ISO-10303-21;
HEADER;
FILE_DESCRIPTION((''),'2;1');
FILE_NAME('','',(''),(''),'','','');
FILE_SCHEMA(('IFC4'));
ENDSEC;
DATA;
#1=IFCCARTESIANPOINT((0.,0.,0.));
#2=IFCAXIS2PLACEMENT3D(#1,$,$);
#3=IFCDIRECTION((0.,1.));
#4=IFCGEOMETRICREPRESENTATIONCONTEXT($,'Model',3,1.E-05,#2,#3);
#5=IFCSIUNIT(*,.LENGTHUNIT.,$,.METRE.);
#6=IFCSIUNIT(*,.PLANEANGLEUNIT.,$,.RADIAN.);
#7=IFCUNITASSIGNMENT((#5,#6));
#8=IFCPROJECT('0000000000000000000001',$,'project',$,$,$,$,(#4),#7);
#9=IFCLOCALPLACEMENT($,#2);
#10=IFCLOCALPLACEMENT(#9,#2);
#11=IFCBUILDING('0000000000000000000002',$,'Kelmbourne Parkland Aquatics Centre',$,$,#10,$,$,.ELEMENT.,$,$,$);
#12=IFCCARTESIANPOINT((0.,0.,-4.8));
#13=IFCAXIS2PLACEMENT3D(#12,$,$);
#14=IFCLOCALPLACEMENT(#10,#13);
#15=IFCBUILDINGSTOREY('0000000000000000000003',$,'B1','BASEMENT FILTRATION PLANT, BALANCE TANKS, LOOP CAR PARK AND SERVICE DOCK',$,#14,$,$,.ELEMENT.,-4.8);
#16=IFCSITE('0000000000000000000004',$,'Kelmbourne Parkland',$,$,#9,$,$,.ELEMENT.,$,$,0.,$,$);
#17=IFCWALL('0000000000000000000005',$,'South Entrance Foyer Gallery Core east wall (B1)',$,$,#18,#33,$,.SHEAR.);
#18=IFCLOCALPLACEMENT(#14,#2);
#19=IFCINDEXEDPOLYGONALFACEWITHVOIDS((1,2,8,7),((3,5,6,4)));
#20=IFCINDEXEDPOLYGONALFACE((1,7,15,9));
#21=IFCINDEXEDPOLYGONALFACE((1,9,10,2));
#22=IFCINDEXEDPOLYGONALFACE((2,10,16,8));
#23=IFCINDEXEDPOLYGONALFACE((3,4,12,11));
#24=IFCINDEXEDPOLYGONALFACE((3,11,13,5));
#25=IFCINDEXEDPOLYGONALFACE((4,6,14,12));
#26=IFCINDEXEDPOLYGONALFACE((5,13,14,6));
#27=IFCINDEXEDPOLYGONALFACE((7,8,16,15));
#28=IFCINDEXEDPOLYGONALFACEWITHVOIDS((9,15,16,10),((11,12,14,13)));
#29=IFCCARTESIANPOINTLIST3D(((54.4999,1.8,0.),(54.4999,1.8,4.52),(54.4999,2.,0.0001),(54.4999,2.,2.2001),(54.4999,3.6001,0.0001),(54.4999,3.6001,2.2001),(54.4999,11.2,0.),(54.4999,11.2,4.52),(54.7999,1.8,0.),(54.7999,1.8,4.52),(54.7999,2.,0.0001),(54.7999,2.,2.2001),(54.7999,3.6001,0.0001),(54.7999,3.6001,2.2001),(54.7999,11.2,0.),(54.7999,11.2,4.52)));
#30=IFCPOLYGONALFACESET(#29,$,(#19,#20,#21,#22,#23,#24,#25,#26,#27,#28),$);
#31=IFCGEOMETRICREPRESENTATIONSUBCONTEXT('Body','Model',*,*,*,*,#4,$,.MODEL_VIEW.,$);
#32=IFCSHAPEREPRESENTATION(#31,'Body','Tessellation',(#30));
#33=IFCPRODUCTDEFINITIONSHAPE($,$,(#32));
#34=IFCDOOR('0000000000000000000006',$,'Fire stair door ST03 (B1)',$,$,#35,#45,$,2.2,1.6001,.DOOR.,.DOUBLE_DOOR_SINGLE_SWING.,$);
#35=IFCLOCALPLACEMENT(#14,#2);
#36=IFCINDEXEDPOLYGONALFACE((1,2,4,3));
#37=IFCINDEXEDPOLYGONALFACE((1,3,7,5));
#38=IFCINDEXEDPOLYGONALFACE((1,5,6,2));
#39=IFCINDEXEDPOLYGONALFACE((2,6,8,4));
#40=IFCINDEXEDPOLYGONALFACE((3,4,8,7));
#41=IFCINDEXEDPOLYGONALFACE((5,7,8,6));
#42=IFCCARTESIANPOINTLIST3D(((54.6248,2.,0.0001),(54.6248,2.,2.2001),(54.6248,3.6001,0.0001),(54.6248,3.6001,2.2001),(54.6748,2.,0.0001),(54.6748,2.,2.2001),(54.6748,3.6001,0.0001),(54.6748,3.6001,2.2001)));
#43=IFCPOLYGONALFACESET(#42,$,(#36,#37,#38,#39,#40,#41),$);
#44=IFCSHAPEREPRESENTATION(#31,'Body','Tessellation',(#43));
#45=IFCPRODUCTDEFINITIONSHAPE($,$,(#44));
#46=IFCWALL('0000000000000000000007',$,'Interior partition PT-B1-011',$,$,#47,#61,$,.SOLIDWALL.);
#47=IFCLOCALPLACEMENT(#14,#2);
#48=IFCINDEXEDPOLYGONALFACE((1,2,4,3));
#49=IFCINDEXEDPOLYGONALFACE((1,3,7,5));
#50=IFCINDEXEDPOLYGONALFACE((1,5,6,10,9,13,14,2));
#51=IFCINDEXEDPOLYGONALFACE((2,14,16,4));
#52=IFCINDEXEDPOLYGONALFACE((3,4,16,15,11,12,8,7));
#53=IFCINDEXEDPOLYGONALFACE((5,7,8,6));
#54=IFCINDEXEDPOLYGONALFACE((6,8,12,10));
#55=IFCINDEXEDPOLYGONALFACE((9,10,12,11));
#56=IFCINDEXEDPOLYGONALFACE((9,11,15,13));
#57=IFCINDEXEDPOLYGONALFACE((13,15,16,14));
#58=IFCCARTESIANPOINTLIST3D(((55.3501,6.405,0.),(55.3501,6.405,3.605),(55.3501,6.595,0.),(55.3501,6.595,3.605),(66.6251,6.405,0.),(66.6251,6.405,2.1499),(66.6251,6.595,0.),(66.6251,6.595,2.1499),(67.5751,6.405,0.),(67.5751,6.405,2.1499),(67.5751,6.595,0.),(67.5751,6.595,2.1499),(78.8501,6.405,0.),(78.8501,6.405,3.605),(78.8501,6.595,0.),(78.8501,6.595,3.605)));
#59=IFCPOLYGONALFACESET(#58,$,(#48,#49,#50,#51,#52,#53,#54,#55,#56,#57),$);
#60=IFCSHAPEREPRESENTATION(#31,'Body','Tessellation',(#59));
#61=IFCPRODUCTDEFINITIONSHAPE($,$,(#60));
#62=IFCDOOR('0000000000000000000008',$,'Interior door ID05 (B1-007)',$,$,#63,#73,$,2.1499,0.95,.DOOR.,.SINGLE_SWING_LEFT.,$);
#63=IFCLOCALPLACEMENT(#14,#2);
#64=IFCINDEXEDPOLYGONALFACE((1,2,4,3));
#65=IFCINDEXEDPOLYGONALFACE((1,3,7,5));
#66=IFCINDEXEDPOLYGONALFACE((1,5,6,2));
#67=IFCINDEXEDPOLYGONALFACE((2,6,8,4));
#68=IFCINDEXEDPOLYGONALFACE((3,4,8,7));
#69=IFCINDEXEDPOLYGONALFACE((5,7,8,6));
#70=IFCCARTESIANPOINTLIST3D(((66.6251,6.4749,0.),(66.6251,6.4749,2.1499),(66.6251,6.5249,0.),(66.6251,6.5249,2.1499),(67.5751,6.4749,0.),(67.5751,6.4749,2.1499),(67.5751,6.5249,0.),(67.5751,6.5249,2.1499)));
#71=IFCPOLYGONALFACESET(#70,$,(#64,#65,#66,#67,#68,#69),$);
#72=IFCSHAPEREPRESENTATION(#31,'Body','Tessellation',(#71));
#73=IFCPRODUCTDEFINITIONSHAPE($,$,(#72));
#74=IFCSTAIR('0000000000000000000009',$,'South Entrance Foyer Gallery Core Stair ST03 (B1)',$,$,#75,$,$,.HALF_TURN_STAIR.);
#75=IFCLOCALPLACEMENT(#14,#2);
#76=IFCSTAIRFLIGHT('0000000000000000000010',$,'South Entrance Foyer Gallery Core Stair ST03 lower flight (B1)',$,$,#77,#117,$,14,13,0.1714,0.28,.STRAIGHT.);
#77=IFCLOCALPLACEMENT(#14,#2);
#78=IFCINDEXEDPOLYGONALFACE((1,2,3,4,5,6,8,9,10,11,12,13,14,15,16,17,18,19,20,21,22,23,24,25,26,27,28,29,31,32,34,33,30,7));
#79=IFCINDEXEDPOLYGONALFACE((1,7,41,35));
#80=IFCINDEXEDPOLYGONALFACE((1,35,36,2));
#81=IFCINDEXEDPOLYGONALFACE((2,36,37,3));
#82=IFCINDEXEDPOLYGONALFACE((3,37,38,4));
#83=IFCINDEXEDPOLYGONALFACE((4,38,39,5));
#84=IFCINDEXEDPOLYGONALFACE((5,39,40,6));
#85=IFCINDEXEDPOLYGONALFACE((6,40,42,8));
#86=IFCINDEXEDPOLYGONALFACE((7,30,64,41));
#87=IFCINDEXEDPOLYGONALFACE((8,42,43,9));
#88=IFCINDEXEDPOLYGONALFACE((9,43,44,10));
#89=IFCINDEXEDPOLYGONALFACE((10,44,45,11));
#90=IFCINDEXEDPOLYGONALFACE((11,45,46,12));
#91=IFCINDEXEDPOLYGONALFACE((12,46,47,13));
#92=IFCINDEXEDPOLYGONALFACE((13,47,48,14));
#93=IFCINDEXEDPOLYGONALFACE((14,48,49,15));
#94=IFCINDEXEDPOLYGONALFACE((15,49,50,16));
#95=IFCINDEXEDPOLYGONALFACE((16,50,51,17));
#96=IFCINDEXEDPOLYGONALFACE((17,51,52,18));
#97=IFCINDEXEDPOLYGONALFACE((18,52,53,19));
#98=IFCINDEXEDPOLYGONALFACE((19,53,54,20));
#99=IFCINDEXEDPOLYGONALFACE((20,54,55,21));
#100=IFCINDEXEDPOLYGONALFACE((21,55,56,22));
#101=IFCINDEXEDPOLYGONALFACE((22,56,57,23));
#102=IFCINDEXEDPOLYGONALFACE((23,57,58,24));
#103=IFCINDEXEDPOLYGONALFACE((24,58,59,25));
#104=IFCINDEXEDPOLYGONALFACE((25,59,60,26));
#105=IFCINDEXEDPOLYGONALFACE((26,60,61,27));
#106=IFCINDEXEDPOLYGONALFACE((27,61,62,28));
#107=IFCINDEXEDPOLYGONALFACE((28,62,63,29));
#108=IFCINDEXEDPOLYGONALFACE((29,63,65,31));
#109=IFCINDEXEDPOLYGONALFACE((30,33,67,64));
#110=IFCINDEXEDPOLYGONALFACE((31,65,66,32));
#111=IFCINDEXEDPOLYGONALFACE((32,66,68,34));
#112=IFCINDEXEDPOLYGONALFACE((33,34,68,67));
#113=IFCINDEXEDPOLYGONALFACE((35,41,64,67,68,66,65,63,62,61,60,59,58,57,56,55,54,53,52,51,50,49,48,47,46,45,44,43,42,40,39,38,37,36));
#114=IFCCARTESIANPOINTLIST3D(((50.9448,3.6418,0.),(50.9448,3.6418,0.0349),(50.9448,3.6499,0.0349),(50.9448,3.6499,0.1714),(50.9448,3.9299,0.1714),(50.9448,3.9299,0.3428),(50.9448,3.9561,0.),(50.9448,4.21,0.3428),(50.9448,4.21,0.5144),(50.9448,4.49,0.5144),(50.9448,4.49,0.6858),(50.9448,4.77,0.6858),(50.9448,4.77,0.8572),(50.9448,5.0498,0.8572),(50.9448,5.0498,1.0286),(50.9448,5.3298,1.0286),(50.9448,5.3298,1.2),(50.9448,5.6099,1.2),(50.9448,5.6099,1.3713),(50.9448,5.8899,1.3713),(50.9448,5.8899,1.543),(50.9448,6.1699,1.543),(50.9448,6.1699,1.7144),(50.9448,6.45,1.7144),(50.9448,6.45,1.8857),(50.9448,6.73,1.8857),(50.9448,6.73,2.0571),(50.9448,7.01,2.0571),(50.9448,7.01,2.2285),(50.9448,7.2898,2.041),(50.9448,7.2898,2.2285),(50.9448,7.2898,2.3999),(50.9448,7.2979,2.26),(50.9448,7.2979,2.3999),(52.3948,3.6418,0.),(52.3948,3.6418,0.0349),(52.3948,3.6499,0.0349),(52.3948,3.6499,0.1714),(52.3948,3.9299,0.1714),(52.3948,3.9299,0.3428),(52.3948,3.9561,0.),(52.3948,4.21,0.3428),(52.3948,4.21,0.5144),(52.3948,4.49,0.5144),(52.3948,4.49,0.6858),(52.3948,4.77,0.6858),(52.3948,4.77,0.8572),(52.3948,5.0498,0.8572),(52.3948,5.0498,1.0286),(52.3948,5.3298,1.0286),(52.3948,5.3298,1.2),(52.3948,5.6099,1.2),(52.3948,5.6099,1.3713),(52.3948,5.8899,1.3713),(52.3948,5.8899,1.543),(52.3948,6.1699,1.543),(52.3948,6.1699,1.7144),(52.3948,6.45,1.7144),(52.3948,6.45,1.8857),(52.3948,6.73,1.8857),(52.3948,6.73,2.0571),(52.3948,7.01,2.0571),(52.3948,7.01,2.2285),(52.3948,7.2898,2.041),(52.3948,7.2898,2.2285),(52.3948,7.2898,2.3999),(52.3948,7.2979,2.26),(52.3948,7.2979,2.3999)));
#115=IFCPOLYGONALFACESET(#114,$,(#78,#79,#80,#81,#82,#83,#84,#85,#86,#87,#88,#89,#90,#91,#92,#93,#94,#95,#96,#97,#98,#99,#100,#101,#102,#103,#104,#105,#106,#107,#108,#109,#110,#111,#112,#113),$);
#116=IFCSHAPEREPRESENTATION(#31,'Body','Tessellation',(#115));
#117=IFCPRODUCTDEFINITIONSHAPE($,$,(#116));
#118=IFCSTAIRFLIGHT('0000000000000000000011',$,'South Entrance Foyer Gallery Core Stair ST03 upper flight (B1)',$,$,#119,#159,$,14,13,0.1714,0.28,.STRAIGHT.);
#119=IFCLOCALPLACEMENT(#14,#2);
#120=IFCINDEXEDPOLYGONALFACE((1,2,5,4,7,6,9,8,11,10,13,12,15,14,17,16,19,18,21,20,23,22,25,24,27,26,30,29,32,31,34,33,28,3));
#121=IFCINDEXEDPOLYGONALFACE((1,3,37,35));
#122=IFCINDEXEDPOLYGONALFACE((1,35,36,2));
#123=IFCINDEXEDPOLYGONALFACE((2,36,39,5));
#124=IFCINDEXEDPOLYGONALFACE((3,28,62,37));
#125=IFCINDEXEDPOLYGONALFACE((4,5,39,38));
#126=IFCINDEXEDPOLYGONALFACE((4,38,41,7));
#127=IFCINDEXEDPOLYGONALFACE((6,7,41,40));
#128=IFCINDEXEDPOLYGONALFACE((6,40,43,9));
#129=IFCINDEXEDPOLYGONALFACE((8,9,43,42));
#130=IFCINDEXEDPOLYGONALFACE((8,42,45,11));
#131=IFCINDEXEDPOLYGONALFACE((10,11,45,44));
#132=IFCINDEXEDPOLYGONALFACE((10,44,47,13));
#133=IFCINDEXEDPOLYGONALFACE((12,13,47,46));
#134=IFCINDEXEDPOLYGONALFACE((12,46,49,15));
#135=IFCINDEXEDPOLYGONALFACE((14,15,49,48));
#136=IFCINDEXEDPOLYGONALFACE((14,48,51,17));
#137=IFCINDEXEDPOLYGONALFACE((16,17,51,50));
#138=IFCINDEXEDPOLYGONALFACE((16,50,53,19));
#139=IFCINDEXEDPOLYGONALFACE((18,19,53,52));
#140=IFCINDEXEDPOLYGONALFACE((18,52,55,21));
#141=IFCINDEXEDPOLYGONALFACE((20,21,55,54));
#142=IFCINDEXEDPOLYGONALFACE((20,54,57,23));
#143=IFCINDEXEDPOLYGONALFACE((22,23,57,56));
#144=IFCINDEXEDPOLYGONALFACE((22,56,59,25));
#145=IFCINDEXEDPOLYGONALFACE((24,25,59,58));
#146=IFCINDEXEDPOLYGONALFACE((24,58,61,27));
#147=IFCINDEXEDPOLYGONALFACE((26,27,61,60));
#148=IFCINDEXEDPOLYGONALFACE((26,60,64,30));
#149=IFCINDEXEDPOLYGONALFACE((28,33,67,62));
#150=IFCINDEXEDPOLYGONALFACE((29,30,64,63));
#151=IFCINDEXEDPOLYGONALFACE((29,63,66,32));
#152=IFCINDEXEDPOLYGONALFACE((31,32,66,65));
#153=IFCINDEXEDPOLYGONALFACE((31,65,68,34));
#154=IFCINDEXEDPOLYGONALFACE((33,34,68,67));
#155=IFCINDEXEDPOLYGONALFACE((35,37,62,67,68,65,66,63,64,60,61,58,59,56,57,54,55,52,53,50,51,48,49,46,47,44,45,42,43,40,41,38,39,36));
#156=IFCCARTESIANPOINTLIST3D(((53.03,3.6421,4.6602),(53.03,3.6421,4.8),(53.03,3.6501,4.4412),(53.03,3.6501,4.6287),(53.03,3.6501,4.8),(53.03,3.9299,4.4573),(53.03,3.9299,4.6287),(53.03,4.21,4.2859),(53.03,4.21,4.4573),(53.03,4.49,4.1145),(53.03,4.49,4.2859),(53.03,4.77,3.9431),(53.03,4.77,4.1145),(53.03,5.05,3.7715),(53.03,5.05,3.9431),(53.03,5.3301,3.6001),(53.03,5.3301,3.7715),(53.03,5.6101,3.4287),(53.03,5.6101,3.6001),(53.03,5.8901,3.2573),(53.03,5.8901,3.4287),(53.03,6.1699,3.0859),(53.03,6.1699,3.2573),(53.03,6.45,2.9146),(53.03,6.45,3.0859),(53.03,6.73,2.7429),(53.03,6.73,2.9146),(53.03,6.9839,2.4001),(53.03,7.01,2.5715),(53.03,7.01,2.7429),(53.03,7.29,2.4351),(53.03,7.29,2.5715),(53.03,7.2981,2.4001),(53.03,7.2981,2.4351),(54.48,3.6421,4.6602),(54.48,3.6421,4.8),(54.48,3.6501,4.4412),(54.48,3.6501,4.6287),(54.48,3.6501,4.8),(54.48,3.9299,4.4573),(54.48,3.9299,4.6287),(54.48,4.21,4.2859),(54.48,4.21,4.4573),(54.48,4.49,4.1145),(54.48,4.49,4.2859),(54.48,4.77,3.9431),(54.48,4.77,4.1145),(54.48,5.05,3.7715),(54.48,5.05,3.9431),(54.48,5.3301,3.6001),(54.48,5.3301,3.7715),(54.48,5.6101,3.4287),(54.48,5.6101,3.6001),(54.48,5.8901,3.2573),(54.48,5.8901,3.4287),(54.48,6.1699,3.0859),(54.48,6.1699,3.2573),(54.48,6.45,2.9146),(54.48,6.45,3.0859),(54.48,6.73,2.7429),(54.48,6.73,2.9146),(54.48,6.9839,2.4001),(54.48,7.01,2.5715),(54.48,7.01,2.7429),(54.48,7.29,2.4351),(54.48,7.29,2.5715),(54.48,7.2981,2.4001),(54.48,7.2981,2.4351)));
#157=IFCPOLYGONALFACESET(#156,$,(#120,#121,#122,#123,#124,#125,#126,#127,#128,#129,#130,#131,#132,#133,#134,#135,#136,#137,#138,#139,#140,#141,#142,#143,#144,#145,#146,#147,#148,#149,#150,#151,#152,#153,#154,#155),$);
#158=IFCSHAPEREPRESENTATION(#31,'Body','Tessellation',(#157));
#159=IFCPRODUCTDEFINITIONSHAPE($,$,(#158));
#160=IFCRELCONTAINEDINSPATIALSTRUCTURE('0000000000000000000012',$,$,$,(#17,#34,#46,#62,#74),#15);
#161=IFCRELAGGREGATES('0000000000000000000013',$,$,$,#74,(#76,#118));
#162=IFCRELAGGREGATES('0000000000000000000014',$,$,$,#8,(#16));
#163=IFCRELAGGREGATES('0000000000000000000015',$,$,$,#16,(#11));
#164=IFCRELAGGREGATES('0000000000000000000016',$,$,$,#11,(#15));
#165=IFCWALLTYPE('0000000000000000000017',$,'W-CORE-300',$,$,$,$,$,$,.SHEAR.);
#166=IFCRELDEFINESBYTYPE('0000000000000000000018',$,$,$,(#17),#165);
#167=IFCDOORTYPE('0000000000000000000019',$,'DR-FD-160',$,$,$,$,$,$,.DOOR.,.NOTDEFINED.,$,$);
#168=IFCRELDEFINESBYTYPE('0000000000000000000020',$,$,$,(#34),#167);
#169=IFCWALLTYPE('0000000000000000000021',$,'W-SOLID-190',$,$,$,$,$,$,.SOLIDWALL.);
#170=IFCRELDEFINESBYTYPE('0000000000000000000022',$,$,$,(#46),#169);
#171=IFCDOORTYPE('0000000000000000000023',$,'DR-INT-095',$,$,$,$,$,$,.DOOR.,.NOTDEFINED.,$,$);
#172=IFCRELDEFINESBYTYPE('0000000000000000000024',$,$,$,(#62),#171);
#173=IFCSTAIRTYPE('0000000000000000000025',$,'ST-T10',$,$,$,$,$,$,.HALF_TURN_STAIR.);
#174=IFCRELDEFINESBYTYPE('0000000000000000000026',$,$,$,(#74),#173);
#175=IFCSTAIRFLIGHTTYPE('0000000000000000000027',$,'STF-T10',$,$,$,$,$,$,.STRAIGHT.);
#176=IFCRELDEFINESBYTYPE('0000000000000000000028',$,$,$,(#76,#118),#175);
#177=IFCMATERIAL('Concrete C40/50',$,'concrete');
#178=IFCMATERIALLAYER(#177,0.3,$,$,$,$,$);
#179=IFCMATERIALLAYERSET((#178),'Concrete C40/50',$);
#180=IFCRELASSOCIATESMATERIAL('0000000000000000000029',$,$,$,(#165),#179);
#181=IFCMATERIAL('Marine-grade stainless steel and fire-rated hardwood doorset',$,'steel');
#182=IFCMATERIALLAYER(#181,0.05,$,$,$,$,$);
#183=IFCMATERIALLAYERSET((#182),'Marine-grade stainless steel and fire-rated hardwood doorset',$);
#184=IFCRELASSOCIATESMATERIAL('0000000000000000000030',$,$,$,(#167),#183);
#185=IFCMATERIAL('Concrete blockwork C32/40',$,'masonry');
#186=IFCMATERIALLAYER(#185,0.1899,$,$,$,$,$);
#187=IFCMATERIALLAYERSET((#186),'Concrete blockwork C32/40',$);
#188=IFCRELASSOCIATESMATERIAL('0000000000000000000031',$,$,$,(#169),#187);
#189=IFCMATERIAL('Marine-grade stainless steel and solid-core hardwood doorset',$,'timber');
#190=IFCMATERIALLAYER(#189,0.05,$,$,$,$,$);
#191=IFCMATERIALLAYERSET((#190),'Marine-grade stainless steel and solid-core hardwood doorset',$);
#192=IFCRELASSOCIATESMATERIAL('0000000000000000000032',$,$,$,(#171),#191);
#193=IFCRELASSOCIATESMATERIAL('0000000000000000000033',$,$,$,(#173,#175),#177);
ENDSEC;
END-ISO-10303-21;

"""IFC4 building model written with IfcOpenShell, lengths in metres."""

from ifc_helpers import new_model, si_unit, direction, frame, frame_2d, origin, place, context, subcontext, project, spatial, polyline, rectangle, outline, extrude, material, layer, layer_set, type_object, element, fill, aggregate, save


model = new_model("IFC4")

# Units and contexts
model_context = context("Model", 3, precision=1e-05, world=origin(), true_north=direction((0.0, 1.0)))
body_context = subcontext(model_context, "Body", "Model", "MODEL_VIEW")
ifc_project = project(units=[si_unit("LENGTHUNIT", "METRE"), si_unit("PLANEANGLEUNIT", "RADIAN")], contexts=[model_context])

# Site, building, storey
site_placement = place(None, origin())
site = spatial("IfcSite", under=ifc_project, at=site_placement, Name="Kelmbourne Parkland", CompositionType="ELEMENT", RefElevation=0.0)
building_placement = place(site_placement, origin())
building = spatial("IfcBuilding", under=site, at=building_placement, Name="Kelmbourne Parkland Aquatics Centre", CompositionType="ELEMENT")
storey_placement = place(building_placement, frame((0.0, 0.0, -4.8)))
storey = spatial("IfcBuildingStorey", under=building, at=storey_placement, Name="B1", Description="BASEMENT FILTRATION PLANT, BALANCE TANKS, LOOP CAR PARK AND SERVICE DOCK", CompositionType="ELEMENT", Elevation=-4.8)

# Shared definitions
ifc_material_1 = material(Name="Concrete C40/50", Category="concrete")

# Walls, openings, doors
ifc_layer_1 = layer(ifc_material_1, 0.3)
ifc_layer_set_1 = layer_set([ifc_layer_1], Name="Concrete C40/50")
wall_type_1 = type_object("IfcWallType", Name="W-CORE-300", PredefinedType="SHEAR", material=ifc_layer_set_1)
wall_1_placement = place(storey_placement, frame((54.6499, 1.8, 0.0), z_axis=(0.0, 0.0, 1.0), x_axis=(0.0, 1.0, 0.0)))
wall_1 = element("IfcWall", 1, at=wall_1_placement, inside=storey, type_object=wall_type_1, Name="South Entrance Foyer Gallery Core east wall (B1)", PredefinedType="SHEAR", context=body_context, shape_type="SweptSolid", body=[
    extrude(rectangle(XDim=9.3999, YDim=0.3, at=frame_2d((4.7, 0.0))), origin(), (0.0, 0.0, 1.0), 4.52),
])
opening_1_placement = place(wall_1_placement, frame((0.2, 0.0, 0.0)))
opening_1 = element("IfcOpeningElement", 2, at=opening_1_placement, cuts=wall_1, PredefinedType="OPENING", context=body_context, shape_type="SweptSolid", body=[
    extrude(rectangle(XDim=1.6001, YDim=2.2, at=frame_2d((0.8, 1.1001))), frame((0.0, 0.1621, 0.0), z_axis=(0.0, -1.0, 0.0), x_axis=(1.0, 0.0, 0.0)), (0.0, 0.0, 1.0), 0.324),
])
ifc_material_2 = material(Name="Marine-grade stainless steel and fire-rated hardwood doorset", Category="steel")
ifc_layer_2 = layer(ifc_material_2, 0.05)
ifc_layer_set_2 = layer_set([ifc_layer_2], Name="Marine-grade stainless steel and fire-rated hardwood doorset")
door_type_1 = type_object("IfcDoorType", Name="DR-FD-160", OperationType="NOTDEFINED", PredefinedType="DOOR", material=ifc_layer_set_2)
door_1_placement = place(opening_1_placement, frame((1.6001, 0.0, 0.0), z_axis=(0.0, 0.0, 1.0), x_axis=(-1.0, 0.0, 0.0)))
door_1 = element("IfcDoor", 3, at=door_1_placement, inside=storey, type_object=door_type_1, Name="Fire stair door ST03 (B1)", OperationType="DOUBLE_DOOR_SINGLE_SWING", OverallHeight=2.2, OverallWidth=1.6001, PredefinedType="DOOR", context=body_context, shape_type="SweptSolid", body=[
    extrude(rectangle(XDim=1.6001, YDim=2.2, at=frame_2d((0.8, 1.1001))), frame((0.0, 0.0249, 0.0), z_axis=(0.0, -1.0, 0.0), x_axis=(1.0, 0.0, 0.0)), (0.0, 0.0, 1.0), 0.05),
])
fill(opening_1, door_1)
ifc_material_3 = material(Name="Concrete blockwork C32/40", Category="masonry")
ifc_layer_3 = layer(ifc_material_3, 0.1899)
ifc_layer_set_3 = layer_set([ifc_layer_3], Name="Concrete blockwork C32/40")
wall_type_2 = type_object("IfcWallType", Name="W-SOLID-190", PredefinedType="SOLIDWALL", material=ifc_layer_set_3)
wall_2_placement = place(storey_placement, frame((55.3501, 6.5, 0.0), z_axis=(0.0, 0.0, 1.0), x_axis=(1.0, 0.0, 0.0)))
wall_2 = element("IfcWall", 4, at=wall_2_placement, inside=storey, type_object=wall_type_2, Name="Interior partition PT-B1-011", PredefinedType="SOLIDWALL", context=body_context, shape_type="SweptSolid", body=[
    extrude(rectangle(XDim=23.5, YDim=0.1899, at=frame_2d((11.75, 0.0))), origin(), (0.0, 0.0, 1.0), 3.605),
])
opening_2_placement = place(wall_2_placement, frame((11.2749, 0.0, 0.0)))
opening_2 = element("IfcOpeningElement", 5, at=opening_2_placement, cuts=wall_2, PredefinedType="OPENING", context=body_context, shape_type="SweptSolid", body=[
    extrude(rectangle(XDim=0.95, YDim=2.1499, at=frame_2d((0.4751, 1.075))), frame((0.0, 0.1069, 0.0), z_axis=(0.0, -1.0, 0.0), x_axis=(1.0, 0.0, 0.0)), (0.0, 0.0, 1.0), 0.2139),
])
ifc_material_4 = material(Name="Marine-grade stainless steel and solid-core hardwood doorset", Category="timber")
ifc_layer_4 = layer(ifc_material_4, 0.05)
ifc_layer_set_4 = layer_set([ifc_layer_4], Name="Marine-grade stainless steel and solid-core hardwood doorset")
door_type_2 = type_object("IfcDoorType", Name="DR-INT-095", OperationType="NOTDEFINED", PredefinedType="DOOR", material=ifc_layer_set_4)
door_2_placement = place(opening_2_placement, origin())
door_2 = element("IfcDoor", 6, at=door_2_placement, inside=storey, type_object=door_type_2, Name="Interior door ID05 (B1-007)", OperationType="SINGLE_SWING_LEFT", OverallHeight=2.1499, OverallWidth=0.95, PredefinedType="DOOR", context=body_context, shape_type="SweptSolid", body=[
    extrude(rectangle(XDim=0.95, YDim=2.1499, at=frame_2d((0.4751, 1.075))), frame((0.0, 0.0249, 0.0), z_axis=(0.0, -1.0, 0.0), x_axis=(1.0, 0.0, 0.0)), (0.0, 0.0, 1.0), 0.05),
])
fill(opening_2, door_2)

# Stair, stair flights
stair_type = type_object("IfcStairType", Name="ST-T10", PredefinedType="HALF_TURN_STAIR", material=ifc_material_1)
stair_placement = place(storey_placement, origin())
stair = element("IfcStair", 7, at=stair_placement, inside=storey, type_object=stair_type, Name="South Entrance Foyer Gallery Core Stair ST03 (B1)", PredefinedType="HALF_TURN_STAIR")
stair_flight_type = type_object("IfcStairFlightType", Name="STF-T10", PredefinedType="STRAIGHT", material=ifc_material_1)
stair_flight_1_placement = place(storey_placement, frame((51.6699, 3.6499, 0.0), z_axis=(0.0, 0.0, 1.0), x_axis=(0.0, 1.0, 0.0)))
stair_flight_1 = element("IfcStairFlight", 8, at=stair_flight_1_placement, type_object=stair_flight_type, Name="South Entrance Foyer Gallery Core Stair ST03 lower flight (B1)", NumberOfRisers=14, NumberOfTreads=13, PredefinedType="STRAIGHT", RiserHeight=0.1714, TreadLength=0.28, context=body_context, shape_type="SweptSolid", body=[
    extrude(outline(polyline([(-0.0081, 0.0), (-0.0081, 0.0349), (0.0, 0.0349), (0.0, 0.1714), (0.28, 0.1714), (0.28, 0.3428), (0.5601, 0.3428), (0.5601, 0.5144), (0.8401, 0.5144), (0.8401, 0.6858), (1.1201, 0.6858), (1.1201, 0.8572), (1.3999, 0.8572), (1.3999, 1.0286), (1.6799, 1.0286), (1.6799, 1.2), (1.96, 1.2), (1.96, 1.3713), (2.24, 1.3713), (2.24, 1.543), (2.52, 1.543), (2.52, 1.7144), (2.8, 1.7144), (2.8, 1.8857), (3.0801, 1.8857), (3.0801, 2.0571), (3.3601, 2.0571), (3.3601, 2.2285), (3.6399, 2.2285), (3.6399, 2.3999), (3.6479, 2.3999), (3.6479, 2.26), (3.6399, 2.041), (0.3062, 0.0), (-0.0081, 0.0)])), frame((0.0, 0.7251, 0.0), z_axis=(0.0, -1.0, 0.0), x_axis=(1.0, 0.0, 0.0)), (0.0, 0.0, 1.0), 1.45),
])
stair_flight_2_placement = place(storey_placement, frame((53.7549, 7.29, 2.4001), z_axis=(0.0, 0.0, 1.0), x_axis=(0.0, -1.0, 0.0)))
stair_flight_2 = element("IfcStairFlight", 9, at=stair_flight_2_placement, type_object=stair_flight_type, Name="South Entrance Foyer Gallery Core Stair ST03 upper flight (B1)", NumberOfRisers=14, NumberOfTreads=13, PredefinedType="STRAIGHT", RiserHeight=0.1714, TreadLength=0.28, context=body_context, shape_type="SweptSolid", body=[
    extrude(outline(polyline([(-0.0081, 0.0), (-0.0081, 0.0349), (0.0, 0.0349), (0.0, 0.1714), (0.28, 0.1714), (0.28, 0.3428), (0.5601, 0.3428), (0.5601, 0.5144), (0.8401, 0.5144), (0.8401, 0.6858), (1.1201, 0.6858), (1.1201, 0.8572), (1.3999, 0.8572), (1.3999, 1.0286), (1.6799, 1.0286), (1.6799, 1.2), (1.96, 1.2), (1.96, 1.3713), (2.24, 1.3713), (2.24, 1.543), (2.52, 1.543), (2.52, 1.7144), (2.8, 1.7144), (2.8, 1.8857), (3.0801, 1.8857), (3.0801, 2.0571), (3.3601, 2.0571), (3.3601, 2.2285), (3.6399, 2.2285), (3.6399, 2.3999), (3.6479, 2.3999), (3.6479, 2.26), (3.6399, 2.041), (0.3062, 0.0), (-0.0081, 0.0)])), frame((0.0, 0.7251, 0.0), z_axis=(0.0, -1.0, 0.0), x_axis=(1.0, 0.0, 0.0)), (0.0, 0.0, 1.0), 1.45),
])
aggregate(stair, [stair_flight_1, stair_flight_2])

save(model, "model.ifc")
